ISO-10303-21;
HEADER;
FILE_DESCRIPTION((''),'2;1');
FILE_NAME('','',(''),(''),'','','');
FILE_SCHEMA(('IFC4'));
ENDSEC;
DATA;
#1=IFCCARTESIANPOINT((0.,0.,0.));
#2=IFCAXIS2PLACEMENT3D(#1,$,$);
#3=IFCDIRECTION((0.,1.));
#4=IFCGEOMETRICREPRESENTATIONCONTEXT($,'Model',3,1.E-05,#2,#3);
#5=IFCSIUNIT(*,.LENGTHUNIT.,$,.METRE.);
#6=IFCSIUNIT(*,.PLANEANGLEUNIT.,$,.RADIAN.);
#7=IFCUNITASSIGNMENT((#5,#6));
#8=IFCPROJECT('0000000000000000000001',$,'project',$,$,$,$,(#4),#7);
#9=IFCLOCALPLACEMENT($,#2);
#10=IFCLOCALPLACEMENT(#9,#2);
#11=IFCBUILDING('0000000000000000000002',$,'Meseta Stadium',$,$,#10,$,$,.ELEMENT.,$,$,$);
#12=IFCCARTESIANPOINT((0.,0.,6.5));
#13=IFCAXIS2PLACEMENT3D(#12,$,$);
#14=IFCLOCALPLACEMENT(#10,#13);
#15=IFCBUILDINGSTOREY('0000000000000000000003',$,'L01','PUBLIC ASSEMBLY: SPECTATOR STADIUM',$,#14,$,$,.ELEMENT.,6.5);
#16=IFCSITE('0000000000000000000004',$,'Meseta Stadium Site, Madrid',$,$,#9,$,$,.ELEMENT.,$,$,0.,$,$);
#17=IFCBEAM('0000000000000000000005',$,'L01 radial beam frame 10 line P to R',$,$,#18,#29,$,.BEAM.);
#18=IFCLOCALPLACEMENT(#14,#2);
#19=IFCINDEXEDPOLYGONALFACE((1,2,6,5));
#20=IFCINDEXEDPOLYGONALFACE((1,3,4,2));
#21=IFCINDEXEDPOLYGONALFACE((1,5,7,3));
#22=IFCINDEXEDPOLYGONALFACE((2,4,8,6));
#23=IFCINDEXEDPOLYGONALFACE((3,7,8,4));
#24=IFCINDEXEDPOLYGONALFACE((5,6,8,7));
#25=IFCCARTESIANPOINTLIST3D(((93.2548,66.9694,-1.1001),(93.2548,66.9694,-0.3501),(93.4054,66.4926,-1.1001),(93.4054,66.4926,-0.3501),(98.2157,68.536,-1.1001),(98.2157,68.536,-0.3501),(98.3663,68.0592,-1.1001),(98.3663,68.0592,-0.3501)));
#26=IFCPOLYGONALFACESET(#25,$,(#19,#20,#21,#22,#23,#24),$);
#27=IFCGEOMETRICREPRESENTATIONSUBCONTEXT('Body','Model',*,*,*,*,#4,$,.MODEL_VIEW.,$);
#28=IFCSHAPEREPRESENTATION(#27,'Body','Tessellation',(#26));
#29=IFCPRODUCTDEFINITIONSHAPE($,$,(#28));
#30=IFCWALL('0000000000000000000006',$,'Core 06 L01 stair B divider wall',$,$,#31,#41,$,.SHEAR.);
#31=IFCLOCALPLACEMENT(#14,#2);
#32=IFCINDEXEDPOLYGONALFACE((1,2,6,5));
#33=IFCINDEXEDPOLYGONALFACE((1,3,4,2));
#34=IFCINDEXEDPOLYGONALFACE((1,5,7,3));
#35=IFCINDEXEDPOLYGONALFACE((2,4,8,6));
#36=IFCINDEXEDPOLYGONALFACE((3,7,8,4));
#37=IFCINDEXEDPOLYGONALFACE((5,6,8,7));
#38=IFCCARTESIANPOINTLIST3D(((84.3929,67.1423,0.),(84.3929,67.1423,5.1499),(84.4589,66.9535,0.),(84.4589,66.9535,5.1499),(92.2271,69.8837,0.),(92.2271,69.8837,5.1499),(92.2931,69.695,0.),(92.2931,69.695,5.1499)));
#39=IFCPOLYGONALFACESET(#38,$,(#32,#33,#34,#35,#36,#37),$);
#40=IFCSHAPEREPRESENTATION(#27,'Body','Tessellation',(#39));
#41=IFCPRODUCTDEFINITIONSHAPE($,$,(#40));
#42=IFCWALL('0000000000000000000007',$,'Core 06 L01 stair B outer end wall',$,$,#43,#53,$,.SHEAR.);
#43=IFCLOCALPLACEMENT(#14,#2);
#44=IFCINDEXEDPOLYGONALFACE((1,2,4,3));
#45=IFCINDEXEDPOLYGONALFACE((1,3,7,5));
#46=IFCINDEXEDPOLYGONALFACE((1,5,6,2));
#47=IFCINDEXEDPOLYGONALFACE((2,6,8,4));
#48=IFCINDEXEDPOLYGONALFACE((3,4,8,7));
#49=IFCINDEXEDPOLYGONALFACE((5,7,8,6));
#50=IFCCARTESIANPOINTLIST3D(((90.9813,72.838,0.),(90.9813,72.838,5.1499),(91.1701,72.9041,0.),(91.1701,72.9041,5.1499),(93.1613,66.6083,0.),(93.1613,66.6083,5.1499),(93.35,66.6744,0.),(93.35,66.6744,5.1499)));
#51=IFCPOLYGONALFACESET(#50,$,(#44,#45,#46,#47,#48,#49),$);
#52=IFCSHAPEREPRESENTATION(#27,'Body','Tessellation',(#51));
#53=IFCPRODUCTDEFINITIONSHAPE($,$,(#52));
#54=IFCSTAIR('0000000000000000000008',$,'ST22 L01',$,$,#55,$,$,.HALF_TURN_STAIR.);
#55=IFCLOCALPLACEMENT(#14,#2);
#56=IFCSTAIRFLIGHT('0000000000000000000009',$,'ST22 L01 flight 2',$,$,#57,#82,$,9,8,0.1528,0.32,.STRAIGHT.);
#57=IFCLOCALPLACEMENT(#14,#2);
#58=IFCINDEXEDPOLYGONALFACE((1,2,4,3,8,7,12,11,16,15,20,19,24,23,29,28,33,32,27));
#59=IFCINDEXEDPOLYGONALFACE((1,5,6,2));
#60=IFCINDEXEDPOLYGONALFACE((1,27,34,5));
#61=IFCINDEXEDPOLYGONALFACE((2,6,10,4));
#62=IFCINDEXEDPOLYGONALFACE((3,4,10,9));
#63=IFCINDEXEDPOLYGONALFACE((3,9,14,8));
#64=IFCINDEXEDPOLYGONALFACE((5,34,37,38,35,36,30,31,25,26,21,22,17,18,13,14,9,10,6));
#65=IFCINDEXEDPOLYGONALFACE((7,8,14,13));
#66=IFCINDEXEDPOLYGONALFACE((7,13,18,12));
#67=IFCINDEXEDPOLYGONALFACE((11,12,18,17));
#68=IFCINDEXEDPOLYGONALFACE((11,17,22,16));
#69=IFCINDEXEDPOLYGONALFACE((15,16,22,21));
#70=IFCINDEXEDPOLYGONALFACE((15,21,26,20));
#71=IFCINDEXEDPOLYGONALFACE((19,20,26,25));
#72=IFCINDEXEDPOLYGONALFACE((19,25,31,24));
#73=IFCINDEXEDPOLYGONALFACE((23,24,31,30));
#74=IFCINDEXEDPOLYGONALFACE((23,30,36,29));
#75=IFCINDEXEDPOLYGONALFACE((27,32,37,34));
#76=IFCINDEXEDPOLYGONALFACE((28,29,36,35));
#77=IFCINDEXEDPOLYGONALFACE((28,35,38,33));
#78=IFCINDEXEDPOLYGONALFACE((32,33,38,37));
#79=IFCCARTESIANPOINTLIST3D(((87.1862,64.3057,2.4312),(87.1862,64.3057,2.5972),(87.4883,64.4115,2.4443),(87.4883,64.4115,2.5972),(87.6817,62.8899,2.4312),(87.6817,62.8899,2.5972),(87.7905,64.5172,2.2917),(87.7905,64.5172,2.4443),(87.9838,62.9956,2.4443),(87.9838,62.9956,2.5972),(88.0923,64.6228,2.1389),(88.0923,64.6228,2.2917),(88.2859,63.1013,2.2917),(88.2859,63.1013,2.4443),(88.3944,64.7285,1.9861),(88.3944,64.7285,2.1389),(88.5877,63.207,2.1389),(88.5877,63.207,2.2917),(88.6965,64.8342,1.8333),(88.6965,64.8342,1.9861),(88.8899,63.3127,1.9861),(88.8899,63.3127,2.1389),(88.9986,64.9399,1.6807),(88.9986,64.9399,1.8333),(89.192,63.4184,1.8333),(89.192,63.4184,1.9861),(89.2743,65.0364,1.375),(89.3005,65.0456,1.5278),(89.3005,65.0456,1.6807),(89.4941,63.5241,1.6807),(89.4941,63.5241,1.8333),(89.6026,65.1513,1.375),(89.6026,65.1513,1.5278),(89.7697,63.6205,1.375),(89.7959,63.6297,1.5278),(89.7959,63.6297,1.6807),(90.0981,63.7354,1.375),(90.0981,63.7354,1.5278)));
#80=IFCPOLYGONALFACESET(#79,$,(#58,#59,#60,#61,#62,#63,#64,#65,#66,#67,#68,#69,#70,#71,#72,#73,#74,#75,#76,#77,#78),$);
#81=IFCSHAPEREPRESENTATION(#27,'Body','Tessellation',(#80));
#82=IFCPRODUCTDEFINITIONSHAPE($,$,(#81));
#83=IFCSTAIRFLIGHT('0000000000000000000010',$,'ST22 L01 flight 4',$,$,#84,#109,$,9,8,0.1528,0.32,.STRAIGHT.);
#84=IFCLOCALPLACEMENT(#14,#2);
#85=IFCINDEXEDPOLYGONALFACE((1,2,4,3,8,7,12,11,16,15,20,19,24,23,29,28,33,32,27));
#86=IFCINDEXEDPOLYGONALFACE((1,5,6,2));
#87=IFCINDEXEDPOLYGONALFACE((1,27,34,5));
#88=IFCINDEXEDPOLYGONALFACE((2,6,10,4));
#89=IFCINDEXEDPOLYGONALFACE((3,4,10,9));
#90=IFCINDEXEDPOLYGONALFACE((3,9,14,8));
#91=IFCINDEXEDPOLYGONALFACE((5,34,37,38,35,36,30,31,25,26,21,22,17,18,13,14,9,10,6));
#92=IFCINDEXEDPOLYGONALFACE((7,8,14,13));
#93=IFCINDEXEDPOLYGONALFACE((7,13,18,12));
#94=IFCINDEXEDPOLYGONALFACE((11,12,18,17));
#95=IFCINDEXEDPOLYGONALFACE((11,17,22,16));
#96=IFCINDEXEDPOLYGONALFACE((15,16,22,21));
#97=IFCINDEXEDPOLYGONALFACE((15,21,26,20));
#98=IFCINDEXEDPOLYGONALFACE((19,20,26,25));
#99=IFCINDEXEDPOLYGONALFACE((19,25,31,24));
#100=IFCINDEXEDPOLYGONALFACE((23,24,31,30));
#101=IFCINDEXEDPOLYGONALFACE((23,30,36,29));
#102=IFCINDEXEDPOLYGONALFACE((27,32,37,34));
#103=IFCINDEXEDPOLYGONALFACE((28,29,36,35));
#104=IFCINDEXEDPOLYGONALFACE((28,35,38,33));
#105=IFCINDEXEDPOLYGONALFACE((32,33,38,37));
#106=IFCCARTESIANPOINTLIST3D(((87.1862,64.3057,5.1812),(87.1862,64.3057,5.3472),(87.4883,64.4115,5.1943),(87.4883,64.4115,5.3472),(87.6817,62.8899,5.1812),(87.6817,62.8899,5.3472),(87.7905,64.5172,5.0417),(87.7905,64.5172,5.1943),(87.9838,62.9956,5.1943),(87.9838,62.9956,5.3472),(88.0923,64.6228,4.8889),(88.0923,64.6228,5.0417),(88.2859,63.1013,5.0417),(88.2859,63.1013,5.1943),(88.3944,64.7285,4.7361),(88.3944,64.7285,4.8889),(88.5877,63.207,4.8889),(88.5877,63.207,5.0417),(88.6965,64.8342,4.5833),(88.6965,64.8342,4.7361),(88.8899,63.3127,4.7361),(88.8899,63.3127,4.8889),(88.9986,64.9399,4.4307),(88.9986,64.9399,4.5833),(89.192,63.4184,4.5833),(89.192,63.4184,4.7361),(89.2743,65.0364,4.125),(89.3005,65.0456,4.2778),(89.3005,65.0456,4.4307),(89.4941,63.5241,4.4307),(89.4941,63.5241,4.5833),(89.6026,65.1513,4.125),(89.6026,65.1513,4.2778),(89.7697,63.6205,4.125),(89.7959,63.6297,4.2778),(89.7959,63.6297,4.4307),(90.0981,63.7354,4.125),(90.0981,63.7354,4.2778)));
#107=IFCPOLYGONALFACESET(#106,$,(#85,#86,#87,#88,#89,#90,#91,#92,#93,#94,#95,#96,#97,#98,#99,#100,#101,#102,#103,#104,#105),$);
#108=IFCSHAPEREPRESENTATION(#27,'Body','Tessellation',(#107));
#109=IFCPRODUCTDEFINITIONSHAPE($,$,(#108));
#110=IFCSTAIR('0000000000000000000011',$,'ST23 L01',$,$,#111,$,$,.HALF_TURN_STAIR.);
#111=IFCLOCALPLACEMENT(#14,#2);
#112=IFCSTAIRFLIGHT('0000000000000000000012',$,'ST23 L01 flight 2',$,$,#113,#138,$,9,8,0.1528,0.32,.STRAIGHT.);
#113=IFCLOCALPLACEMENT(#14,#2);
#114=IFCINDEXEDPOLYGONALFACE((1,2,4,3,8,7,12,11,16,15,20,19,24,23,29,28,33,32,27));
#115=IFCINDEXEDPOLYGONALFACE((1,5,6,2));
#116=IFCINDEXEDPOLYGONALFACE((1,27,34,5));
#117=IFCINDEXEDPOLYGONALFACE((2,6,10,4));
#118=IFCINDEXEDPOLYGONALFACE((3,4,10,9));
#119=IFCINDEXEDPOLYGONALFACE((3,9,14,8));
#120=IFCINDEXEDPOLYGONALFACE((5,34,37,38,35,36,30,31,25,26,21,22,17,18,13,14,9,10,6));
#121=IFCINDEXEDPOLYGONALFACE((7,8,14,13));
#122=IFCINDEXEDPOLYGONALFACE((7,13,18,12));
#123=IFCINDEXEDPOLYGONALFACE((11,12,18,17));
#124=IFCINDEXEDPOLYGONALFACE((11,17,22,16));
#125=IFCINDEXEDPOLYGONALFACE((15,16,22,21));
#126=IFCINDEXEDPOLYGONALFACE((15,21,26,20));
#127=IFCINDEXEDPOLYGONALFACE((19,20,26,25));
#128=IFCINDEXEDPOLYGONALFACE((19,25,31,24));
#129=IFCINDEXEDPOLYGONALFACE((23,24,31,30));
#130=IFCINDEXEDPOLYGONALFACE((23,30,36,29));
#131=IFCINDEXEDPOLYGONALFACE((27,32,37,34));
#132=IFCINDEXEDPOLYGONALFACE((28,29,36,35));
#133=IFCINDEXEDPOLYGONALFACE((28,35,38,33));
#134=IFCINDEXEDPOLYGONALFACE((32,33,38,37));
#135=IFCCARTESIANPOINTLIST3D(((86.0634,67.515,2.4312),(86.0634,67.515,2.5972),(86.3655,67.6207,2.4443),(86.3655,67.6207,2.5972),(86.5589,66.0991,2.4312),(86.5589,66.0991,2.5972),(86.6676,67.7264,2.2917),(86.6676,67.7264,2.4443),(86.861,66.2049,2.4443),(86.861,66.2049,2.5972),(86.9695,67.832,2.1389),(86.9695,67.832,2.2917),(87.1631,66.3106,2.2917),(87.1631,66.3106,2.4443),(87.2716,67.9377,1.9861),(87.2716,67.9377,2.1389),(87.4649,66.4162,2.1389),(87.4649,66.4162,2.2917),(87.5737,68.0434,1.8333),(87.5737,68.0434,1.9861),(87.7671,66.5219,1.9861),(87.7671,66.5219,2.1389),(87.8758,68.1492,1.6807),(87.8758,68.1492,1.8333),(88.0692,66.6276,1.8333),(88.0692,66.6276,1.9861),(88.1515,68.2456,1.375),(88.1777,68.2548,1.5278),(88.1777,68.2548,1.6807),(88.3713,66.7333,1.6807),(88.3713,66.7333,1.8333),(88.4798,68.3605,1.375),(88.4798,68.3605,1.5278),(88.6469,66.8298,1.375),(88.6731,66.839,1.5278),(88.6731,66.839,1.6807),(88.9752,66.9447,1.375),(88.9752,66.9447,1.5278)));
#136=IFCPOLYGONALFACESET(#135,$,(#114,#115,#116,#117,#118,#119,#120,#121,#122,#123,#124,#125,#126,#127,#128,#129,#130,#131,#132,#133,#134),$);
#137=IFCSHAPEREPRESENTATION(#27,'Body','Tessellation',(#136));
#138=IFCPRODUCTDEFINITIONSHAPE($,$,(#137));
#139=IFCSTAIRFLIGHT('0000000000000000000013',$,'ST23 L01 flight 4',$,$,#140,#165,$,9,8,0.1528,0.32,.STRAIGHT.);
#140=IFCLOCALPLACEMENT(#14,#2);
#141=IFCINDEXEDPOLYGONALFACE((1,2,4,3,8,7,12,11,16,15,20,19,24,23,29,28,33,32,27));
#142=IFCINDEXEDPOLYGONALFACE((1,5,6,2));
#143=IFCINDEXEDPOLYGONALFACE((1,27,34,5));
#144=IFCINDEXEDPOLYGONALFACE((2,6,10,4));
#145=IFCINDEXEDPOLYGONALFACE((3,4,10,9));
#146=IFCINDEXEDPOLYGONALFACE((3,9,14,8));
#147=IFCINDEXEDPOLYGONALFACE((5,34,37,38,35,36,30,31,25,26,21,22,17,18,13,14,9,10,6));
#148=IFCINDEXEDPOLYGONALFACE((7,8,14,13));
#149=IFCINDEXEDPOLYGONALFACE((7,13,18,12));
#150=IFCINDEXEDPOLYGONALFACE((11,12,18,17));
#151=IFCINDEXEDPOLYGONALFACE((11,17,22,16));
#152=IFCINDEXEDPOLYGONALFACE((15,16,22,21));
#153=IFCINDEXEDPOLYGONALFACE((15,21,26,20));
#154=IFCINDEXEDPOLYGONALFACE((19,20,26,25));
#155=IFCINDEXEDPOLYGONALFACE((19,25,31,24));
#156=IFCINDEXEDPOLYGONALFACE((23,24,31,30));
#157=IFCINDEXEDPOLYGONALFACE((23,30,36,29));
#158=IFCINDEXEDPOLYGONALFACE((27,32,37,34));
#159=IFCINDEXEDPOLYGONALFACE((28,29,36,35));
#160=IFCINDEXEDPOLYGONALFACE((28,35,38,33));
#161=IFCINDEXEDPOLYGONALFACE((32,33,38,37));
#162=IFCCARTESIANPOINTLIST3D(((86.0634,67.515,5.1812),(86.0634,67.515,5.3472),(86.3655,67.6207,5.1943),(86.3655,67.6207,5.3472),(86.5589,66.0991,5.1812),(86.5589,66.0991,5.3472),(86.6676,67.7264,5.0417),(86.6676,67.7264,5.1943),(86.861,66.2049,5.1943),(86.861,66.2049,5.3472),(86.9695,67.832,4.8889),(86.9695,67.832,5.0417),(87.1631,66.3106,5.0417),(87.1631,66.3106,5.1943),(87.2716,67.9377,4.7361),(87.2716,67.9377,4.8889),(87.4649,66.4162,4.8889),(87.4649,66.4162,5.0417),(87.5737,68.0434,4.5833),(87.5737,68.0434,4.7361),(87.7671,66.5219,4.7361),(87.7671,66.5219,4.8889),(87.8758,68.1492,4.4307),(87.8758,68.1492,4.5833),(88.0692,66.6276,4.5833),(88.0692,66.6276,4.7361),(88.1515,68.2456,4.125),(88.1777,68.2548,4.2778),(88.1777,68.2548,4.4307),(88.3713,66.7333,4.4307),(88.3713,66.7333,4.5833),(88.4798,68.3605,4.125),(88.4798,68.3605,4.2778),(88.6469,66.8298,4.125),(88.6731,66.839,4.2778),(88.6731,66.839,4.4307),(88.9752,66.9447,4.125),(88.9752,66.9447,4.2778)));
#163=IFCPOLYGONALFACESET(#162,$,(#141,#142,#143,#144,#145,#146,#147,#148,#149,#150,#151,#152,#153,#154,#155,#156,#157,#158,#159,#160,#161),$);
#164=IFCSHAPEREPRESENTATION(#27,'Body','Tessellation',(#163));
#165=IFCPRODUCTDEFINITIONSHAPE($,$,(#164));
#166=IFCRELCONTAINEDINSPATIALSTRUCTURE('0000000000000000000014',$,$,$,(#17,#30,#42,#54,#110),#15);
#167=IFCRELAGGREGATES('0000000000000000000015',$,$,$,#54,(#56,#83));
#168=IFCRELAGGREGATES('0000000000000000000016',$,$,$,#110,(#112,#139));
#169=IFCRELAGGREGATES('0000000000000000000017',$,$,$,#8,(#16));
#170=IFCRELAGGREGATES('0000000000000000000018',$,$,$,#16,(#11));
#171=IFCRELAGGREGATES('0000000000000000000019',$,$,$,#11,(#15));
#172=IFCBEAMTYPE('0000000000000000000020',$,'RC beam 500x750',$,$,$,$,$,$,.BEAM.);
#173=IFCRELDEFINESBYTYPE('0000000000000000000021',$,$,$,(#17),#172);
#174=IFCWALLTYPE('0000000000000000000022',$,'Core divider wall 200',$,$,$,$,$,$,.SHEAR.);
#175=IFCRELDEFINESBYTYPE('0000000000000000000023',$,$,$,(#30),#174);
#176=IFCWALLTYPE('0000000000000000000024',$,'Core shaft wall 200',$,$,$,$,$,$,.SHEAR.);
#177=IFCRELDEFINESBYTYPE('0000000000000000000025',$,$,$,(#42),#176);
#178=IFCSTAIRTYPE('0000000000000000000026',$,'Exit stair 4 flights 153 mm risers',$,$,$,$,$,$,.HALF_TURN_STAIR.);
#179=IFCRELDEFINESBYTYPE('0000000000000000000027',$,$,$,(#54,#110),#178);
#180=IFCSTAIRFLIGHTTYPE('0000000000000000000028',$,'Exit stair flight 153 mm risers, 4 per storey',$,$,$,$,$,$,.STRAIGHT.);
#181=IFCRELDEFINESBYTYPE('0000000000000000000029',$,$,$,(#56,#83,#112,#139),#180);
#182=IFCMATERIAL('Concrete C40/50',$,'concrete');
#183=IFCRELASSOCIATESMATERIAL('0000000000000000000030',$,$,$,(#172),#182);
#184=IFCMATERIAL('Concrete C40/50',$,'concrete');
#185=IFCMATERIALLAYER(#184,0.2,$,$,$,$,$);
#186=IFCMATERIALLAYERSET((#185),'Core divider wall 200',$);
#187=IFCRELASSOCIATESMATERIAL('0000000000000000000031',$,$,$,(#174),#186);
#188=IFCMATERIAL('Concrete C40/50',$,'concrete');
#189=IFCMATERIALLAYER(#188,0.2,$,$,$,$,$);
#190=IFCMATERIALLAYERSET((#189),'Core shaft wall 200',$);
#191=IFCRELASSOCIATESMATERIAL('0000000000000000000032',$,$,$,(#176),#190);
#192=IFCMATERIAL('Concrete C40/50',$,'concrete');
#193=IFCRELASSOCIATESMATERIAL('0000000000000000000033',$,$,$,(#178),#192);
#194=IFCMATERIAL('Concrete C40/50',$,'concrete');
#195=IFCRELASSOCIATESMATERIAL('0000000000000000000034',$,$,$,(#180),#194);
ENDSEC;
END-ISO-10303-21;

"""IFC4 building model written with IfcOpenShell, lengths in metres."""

from ifc_helpers import new_model, si_unit, direction, frame, frame_2d, origin, origin_2d, place, context, subcontext, project, spatial, polyline, rectangle, outline, extrude, material, layer, layer_set, material_profile, profile_set, type_object, element, aggregate, save


model = new_model("IFC4")

# Units and contexts
model_context = context("Model", 3, precision=1e-05, world=origin(), true_north=direction((0.0, 1.0)))
body_context = subcontext(model_context, "Body", "Model", "MODEL_VIEW")
ifc_project = project(units=[si_unit("LENGTHUNIT", "METRE"), si_unit("PLANEANGLEUNIT", "RADIAN")], contexts=[model_context])

# Site, building, storey
site_placement = place(None, origin())
site = spatial("IfcSite", under=ifc_project, at=site_placement, Name="Meseta Stadium Site, Madrid", CompositionType="ELEMENT", RefElevation=0.0)
building_placement = place(site_placement, origin())
building = spatial("IfcBuilding", under=site, at=building_placement, Name="Meseta Stadium", CompositionType="ELEMENT")
storey_placement = place(building_placement, frame((0.0, 0.0, 6.5)))
storey = spatial("IfcBuildingStorey", under=building, at=storey_placement, Name="L01", Description="PUBLIC ASSEMBLY: SPECTATOR STADIUM", CompositionType="ELEMENT", Elevation=6.5)

# Beam
ifc_material_1 = material(Name="Concrete C40/50", Category="concrete")
ifc_material_profile = material_profile(ifc_material_1, rectangle(XDim=0.5, YDim=0.75, at=origin_2d()), Name="RC 500x750")
ifc_profile_set = profile_set([ifc_material_profile], Name="Concrete C40/50")
beam_type = type_object("IfcBeamType", Name="RC beam 500x750", PredefinedType="BEAM", material=ifc_profile_set)
beam_placement = place(storey_placement, frame((93.3301, 66.731, -0.7251), z_axis=(0.953581, 0.301138, 0.0), x_axis=(-0.301138, 0.953581, 0.0)))
element("IfcBeam", 1, at=beam_placement, inside=storey, type_object=beam_type, Name="L01 radial beam frame 10 line P to R", PredefinedType="BEAM", context=body_context, shape_type="SweptSolid", body=[
    extrude(rectangle(XDim=0.5, YDim=0.75, at=origin_2d()), origin(), (0.0, 0.0, 1.0), 5.2024),
])

# Walls
ifc_material_2 = material(Name="Concrete C40/50", Category="concrete")
ifc_layer_1 = layer(ifc_material_2, 0.2)
ifc_layer_set_1 = layer_set([ifc_layer_1], Name="Core divider wall 200")
wall_type_1 = type_object("IfcWallType", Name="Core divider wall 200", PredefinedType="SHEAR", material=ifc_layer_set_1)
wall_1_placement = place(storey_placement, frame((92.26, 69.7893, 0.0), z_axis=(0.0, 0.0, 1.0), x_axis=(-0.943878, -0.330294, 0.0)))
element("IfcWall", 2, at=wall_1_placement, inside=storey, type_object=wall_type_1, Name="Core 06 L01 stair B divider wall", PredefinedType="SHEAR", context=body_context, shape_type="SweptSolid", body=[
    extrude(rectangle(XDim=8.3, YDim=0.2, at=frame_2d((4.1499, 0.0))), origin(), (0.0, 0.0, 1.0), 5.1499),
])
ifc_material_3 = material(Name="Concrete C40/50", Category="concrete")
ifc_layer_2 = layer(ifc_material_3, 0.2)
ifc_layer_set_2 = layer_set([ifc_layer_2], Name="Core shaft wall 200")
wall_type_2 = type_object("IfcWallType", Name="Core shaft wall 200", PredefinedType="SHEAR", material=ifc_layer_set_2)
wall_2_placement = place(storey_placement, frame((93.2556, 66.6414, 0.0), z_axis=(0.0, 0.0, 1.0), x_axis=(-0.330286, 0.943881, 0.0)))
element("IfcWall", 3, at=wall_2_placement, inside=storey, type_object=wall_type_2, Name="Core 06 L01 stair B outer end wall", PredefinedType="SHEAR", context=body_context, shape_type="SweptSolid", body=[
    extrude(rectangle(XDim=6.6001, YDim=0.2, at=frame_2d((3.3, 0.0))), origin(), (0.0, 0.0, 1.0), 5.1499),
])

# Stairs, stair flights
ifc_material_4 = material(Name="Concrete C40/50", Category="concrete")
stair_type = type_object("IfcStairType", Name="Exit stair 4 flights 153 mm risers", PredefinedType="HALF_TURN_STAIR", material=ifc_material_4)
stair_1_placement = place(storey_placement, origin())
stair_1 = element("IfcStair", 4, at=stair_1_placement, inside=storey, type_object=stair_type, Name="ST22 L01", PredefinedType="HALF_TURN_STAIR")
ifc_material_5 = material(Name="Concrete C40/50", Category="concrete")
stair_flight_type = type_object("IfcStairFlightType", Name="Exit stair flight 153 mm risers, 4 per storey", PredefinedType="STRAIGHT", material=ifc_material_5)
stair_flight_1_placement = place(storey_placement, frame((89.8503, 64.4434, 1.375), z_axis=(0.0, 0.0, 1.0), x_axis=(-0.943883, -0.330279, 0.0)))
stair_flight_1 = element("IfcStairFlight", 5, at=stair_flight_1_placement, type_object=stair_flight_type, Name="ST22 L01 flight 2", NumberOfRisers=9, NumberOfTreads=8, PredefinedType="STRAIGHT", RiserHeight=0.1528, TreadLength=0.32, context=body_context, shape_type="SweptSolid", body=[
    extrude(outline(polyline([(0.0, 0.0), (0.0, 0.1528), (0.3201, 0.1528), (0.3201, 0.3057), (0.6399, 0.3057), (0.6399, 0.4583), (0.96, 0.4583), (0.96, 0.6111), (1.28, 0.6111), (1.28, 0.7639), (1.6001, 0.7639), (1.6001, 0.9167), (1.9199, 0.9167), (1.9199, 1.0693), (2.24, 1.0693), (2.24, 1.2222), (2.5601, 1.2222), (2.5601, 1.0562), (0.3479, 0.0), (0.0, 0.0)])), frame((0.0, 0.75, 0.0), z_axis=(0.0, -1.0, 0.0), x_axis=(1.0, 0.0, 0.0)), (0.0, 0.0, 1.0), 1.5),
])
stair_flight_2_placement = place(storey_placement, frame((89.8503, 64.4434, 4.125), z_axis=(0.0, 0.0, 1.0), x_axis=(-0.943883, -0.330279, 0.0)))
stair_flight_2 = element("IfcStairFlight", 6, at=stair_flight_2_placement, type_object=stair_flight_type, Name="ST22 L01 flight 4", NumberOfRisers=9, NumberOfTreads=8, PredefinedType="STRAIGHT", RiserHeight=0.1528, TreadLength=0.32, context=body_context, shape_type="SweptSolid", body=[
    extrude(outline(polyline([(0.0, 0.0), (0.0, 0.1528), (0.3201, 0.1528), (0.3201, 0.3057), (0.6399, 0.3057), (0.6399, 0.4583), (0.96, 0.4583), (0.96, 0.6111), (1.28, 0.6111), (1.28, 0.7639), (1.6001, 0.7639), (1.6001, 0.9167), (1.9199, 0.9167), (1.9199, 1.0693), (2.24, 1.0693), (2.24, 1.2222), (2.5601, 1.2222), (2.5601, 1.0562), (0.3479, 0.0), (0.0, 0.0)])), frame((0.0, 0.75, 0.0), z_axis=(0.0, -1.0, 0.0), x_axis=(1.0, 0.0, 0.0)), (0.0, 0.0, 1.0), 1.5),
])
aggregate(stair_1, [stair_flight_1, stair_flight_2])
stair_2_placement = place(storey_placement, origin())
stair_2 = element("IfcStair", 7, at=stair_2_placement, inside=storey, type_object=stair_type, Name="ST23 L01", PredefinedType="HALF_TURN_STAIR")
stair_flight_3_placement = place(storey_placement, frame((88.7275, 67.6526, 1.375), z_axis=(0.0, 0.0, 1.0), x_axis=(-0.943883, -0.330279, 0.0)))
stair_flight_3 = element("IfcStairFlight", 8, at=stair_flight_3_placement, type_object=stair_flight_type, Name="ST23 L01 flight 2", NumberOfRisers=9, NumberOfTreads=8, PredefinedType="STRAIGHT", RiserHeight=0.1528, TreadLength=0.32, context=body_context, shape_type="SweptSolid", body=[
    extrude(outline(polyline([(0.0, 0.0), (0.0, 0.1528), (0.3201, 0.1528), (0.3201, 0.3057), (0.6399, 0.3057), (0.6399, 0.4583), (0.96, 0.4583), (0.96, 0.6111), (1.28, 0.6111), (1.28, 0.7639), (1.6001, 0.7639), (1.6001, 0.9167), (1.9199, 0.9167), (1.9199, 1.0693), (2.24, 1.0693), (2.24, 1.2222), (2.5601, 1.2222), (2.5601, 1.0562), (0.3479, 0.0), (0.0, 0.0)])), frame((0.0, 0.75, 0.0), z_axis=(0.0, -1.0, 0.0), x_axis=(1.0, 0.0, 0.0)), (0.0, 0.0, 1.0), 1.5),
])
stair_flight_4_placement = place(storey_placement, frame((88.7275, 67.6526, 4.125), z_axis=(0.0, 0.0, 1.0), x_axis=(-0.943883, -0.330279, 0.0)))
stair_flight_4 = element("IfcStairFlight", 9, at=stair_flight_4_placement, type_object=stair_flight_type, Name="ST23 L01 flight 4", NumberOfRisers=9, NumberOfTreads=8, PredefinedType="STRAIGHT", RiserHeight=0.1528, TreadLength=0.32, context=body_context, shape_type="SweptSolid", body=[
    extrude(outline(polyline([(0.0, 0.0), (0.0, 0.1528), (0.3201, 0.1528), (0.3201, 0.3057), (0.6399, 0.3057), (0.6399, 0.4583), (0.96, 0.4583), (0.96, 0.6111), (1.28, 0.6111), (1.28, 0.7639), (1.6001, 0.7639), (1.6001, 0.9167), (1.9199, 0.9167), (1.9199, 1.0693), (2.24, 1.0693), (2.24, 1.2222), (2.5601, 1.2222), (2.5601, 1.0562), (0.3479, 0.0), (0.0, 0.0)])), frame((0.0, 0.75, 0.0), z_axis=(0.0, -1.0, 0.0), x_axis=(1.0, 0.0, 0.0)), (0.0, 0.0, 1.0), 1.5),
])
aggregate(stair_2, [stair_flight_3, stair_flight_4])

save(model, "model.ifc")
